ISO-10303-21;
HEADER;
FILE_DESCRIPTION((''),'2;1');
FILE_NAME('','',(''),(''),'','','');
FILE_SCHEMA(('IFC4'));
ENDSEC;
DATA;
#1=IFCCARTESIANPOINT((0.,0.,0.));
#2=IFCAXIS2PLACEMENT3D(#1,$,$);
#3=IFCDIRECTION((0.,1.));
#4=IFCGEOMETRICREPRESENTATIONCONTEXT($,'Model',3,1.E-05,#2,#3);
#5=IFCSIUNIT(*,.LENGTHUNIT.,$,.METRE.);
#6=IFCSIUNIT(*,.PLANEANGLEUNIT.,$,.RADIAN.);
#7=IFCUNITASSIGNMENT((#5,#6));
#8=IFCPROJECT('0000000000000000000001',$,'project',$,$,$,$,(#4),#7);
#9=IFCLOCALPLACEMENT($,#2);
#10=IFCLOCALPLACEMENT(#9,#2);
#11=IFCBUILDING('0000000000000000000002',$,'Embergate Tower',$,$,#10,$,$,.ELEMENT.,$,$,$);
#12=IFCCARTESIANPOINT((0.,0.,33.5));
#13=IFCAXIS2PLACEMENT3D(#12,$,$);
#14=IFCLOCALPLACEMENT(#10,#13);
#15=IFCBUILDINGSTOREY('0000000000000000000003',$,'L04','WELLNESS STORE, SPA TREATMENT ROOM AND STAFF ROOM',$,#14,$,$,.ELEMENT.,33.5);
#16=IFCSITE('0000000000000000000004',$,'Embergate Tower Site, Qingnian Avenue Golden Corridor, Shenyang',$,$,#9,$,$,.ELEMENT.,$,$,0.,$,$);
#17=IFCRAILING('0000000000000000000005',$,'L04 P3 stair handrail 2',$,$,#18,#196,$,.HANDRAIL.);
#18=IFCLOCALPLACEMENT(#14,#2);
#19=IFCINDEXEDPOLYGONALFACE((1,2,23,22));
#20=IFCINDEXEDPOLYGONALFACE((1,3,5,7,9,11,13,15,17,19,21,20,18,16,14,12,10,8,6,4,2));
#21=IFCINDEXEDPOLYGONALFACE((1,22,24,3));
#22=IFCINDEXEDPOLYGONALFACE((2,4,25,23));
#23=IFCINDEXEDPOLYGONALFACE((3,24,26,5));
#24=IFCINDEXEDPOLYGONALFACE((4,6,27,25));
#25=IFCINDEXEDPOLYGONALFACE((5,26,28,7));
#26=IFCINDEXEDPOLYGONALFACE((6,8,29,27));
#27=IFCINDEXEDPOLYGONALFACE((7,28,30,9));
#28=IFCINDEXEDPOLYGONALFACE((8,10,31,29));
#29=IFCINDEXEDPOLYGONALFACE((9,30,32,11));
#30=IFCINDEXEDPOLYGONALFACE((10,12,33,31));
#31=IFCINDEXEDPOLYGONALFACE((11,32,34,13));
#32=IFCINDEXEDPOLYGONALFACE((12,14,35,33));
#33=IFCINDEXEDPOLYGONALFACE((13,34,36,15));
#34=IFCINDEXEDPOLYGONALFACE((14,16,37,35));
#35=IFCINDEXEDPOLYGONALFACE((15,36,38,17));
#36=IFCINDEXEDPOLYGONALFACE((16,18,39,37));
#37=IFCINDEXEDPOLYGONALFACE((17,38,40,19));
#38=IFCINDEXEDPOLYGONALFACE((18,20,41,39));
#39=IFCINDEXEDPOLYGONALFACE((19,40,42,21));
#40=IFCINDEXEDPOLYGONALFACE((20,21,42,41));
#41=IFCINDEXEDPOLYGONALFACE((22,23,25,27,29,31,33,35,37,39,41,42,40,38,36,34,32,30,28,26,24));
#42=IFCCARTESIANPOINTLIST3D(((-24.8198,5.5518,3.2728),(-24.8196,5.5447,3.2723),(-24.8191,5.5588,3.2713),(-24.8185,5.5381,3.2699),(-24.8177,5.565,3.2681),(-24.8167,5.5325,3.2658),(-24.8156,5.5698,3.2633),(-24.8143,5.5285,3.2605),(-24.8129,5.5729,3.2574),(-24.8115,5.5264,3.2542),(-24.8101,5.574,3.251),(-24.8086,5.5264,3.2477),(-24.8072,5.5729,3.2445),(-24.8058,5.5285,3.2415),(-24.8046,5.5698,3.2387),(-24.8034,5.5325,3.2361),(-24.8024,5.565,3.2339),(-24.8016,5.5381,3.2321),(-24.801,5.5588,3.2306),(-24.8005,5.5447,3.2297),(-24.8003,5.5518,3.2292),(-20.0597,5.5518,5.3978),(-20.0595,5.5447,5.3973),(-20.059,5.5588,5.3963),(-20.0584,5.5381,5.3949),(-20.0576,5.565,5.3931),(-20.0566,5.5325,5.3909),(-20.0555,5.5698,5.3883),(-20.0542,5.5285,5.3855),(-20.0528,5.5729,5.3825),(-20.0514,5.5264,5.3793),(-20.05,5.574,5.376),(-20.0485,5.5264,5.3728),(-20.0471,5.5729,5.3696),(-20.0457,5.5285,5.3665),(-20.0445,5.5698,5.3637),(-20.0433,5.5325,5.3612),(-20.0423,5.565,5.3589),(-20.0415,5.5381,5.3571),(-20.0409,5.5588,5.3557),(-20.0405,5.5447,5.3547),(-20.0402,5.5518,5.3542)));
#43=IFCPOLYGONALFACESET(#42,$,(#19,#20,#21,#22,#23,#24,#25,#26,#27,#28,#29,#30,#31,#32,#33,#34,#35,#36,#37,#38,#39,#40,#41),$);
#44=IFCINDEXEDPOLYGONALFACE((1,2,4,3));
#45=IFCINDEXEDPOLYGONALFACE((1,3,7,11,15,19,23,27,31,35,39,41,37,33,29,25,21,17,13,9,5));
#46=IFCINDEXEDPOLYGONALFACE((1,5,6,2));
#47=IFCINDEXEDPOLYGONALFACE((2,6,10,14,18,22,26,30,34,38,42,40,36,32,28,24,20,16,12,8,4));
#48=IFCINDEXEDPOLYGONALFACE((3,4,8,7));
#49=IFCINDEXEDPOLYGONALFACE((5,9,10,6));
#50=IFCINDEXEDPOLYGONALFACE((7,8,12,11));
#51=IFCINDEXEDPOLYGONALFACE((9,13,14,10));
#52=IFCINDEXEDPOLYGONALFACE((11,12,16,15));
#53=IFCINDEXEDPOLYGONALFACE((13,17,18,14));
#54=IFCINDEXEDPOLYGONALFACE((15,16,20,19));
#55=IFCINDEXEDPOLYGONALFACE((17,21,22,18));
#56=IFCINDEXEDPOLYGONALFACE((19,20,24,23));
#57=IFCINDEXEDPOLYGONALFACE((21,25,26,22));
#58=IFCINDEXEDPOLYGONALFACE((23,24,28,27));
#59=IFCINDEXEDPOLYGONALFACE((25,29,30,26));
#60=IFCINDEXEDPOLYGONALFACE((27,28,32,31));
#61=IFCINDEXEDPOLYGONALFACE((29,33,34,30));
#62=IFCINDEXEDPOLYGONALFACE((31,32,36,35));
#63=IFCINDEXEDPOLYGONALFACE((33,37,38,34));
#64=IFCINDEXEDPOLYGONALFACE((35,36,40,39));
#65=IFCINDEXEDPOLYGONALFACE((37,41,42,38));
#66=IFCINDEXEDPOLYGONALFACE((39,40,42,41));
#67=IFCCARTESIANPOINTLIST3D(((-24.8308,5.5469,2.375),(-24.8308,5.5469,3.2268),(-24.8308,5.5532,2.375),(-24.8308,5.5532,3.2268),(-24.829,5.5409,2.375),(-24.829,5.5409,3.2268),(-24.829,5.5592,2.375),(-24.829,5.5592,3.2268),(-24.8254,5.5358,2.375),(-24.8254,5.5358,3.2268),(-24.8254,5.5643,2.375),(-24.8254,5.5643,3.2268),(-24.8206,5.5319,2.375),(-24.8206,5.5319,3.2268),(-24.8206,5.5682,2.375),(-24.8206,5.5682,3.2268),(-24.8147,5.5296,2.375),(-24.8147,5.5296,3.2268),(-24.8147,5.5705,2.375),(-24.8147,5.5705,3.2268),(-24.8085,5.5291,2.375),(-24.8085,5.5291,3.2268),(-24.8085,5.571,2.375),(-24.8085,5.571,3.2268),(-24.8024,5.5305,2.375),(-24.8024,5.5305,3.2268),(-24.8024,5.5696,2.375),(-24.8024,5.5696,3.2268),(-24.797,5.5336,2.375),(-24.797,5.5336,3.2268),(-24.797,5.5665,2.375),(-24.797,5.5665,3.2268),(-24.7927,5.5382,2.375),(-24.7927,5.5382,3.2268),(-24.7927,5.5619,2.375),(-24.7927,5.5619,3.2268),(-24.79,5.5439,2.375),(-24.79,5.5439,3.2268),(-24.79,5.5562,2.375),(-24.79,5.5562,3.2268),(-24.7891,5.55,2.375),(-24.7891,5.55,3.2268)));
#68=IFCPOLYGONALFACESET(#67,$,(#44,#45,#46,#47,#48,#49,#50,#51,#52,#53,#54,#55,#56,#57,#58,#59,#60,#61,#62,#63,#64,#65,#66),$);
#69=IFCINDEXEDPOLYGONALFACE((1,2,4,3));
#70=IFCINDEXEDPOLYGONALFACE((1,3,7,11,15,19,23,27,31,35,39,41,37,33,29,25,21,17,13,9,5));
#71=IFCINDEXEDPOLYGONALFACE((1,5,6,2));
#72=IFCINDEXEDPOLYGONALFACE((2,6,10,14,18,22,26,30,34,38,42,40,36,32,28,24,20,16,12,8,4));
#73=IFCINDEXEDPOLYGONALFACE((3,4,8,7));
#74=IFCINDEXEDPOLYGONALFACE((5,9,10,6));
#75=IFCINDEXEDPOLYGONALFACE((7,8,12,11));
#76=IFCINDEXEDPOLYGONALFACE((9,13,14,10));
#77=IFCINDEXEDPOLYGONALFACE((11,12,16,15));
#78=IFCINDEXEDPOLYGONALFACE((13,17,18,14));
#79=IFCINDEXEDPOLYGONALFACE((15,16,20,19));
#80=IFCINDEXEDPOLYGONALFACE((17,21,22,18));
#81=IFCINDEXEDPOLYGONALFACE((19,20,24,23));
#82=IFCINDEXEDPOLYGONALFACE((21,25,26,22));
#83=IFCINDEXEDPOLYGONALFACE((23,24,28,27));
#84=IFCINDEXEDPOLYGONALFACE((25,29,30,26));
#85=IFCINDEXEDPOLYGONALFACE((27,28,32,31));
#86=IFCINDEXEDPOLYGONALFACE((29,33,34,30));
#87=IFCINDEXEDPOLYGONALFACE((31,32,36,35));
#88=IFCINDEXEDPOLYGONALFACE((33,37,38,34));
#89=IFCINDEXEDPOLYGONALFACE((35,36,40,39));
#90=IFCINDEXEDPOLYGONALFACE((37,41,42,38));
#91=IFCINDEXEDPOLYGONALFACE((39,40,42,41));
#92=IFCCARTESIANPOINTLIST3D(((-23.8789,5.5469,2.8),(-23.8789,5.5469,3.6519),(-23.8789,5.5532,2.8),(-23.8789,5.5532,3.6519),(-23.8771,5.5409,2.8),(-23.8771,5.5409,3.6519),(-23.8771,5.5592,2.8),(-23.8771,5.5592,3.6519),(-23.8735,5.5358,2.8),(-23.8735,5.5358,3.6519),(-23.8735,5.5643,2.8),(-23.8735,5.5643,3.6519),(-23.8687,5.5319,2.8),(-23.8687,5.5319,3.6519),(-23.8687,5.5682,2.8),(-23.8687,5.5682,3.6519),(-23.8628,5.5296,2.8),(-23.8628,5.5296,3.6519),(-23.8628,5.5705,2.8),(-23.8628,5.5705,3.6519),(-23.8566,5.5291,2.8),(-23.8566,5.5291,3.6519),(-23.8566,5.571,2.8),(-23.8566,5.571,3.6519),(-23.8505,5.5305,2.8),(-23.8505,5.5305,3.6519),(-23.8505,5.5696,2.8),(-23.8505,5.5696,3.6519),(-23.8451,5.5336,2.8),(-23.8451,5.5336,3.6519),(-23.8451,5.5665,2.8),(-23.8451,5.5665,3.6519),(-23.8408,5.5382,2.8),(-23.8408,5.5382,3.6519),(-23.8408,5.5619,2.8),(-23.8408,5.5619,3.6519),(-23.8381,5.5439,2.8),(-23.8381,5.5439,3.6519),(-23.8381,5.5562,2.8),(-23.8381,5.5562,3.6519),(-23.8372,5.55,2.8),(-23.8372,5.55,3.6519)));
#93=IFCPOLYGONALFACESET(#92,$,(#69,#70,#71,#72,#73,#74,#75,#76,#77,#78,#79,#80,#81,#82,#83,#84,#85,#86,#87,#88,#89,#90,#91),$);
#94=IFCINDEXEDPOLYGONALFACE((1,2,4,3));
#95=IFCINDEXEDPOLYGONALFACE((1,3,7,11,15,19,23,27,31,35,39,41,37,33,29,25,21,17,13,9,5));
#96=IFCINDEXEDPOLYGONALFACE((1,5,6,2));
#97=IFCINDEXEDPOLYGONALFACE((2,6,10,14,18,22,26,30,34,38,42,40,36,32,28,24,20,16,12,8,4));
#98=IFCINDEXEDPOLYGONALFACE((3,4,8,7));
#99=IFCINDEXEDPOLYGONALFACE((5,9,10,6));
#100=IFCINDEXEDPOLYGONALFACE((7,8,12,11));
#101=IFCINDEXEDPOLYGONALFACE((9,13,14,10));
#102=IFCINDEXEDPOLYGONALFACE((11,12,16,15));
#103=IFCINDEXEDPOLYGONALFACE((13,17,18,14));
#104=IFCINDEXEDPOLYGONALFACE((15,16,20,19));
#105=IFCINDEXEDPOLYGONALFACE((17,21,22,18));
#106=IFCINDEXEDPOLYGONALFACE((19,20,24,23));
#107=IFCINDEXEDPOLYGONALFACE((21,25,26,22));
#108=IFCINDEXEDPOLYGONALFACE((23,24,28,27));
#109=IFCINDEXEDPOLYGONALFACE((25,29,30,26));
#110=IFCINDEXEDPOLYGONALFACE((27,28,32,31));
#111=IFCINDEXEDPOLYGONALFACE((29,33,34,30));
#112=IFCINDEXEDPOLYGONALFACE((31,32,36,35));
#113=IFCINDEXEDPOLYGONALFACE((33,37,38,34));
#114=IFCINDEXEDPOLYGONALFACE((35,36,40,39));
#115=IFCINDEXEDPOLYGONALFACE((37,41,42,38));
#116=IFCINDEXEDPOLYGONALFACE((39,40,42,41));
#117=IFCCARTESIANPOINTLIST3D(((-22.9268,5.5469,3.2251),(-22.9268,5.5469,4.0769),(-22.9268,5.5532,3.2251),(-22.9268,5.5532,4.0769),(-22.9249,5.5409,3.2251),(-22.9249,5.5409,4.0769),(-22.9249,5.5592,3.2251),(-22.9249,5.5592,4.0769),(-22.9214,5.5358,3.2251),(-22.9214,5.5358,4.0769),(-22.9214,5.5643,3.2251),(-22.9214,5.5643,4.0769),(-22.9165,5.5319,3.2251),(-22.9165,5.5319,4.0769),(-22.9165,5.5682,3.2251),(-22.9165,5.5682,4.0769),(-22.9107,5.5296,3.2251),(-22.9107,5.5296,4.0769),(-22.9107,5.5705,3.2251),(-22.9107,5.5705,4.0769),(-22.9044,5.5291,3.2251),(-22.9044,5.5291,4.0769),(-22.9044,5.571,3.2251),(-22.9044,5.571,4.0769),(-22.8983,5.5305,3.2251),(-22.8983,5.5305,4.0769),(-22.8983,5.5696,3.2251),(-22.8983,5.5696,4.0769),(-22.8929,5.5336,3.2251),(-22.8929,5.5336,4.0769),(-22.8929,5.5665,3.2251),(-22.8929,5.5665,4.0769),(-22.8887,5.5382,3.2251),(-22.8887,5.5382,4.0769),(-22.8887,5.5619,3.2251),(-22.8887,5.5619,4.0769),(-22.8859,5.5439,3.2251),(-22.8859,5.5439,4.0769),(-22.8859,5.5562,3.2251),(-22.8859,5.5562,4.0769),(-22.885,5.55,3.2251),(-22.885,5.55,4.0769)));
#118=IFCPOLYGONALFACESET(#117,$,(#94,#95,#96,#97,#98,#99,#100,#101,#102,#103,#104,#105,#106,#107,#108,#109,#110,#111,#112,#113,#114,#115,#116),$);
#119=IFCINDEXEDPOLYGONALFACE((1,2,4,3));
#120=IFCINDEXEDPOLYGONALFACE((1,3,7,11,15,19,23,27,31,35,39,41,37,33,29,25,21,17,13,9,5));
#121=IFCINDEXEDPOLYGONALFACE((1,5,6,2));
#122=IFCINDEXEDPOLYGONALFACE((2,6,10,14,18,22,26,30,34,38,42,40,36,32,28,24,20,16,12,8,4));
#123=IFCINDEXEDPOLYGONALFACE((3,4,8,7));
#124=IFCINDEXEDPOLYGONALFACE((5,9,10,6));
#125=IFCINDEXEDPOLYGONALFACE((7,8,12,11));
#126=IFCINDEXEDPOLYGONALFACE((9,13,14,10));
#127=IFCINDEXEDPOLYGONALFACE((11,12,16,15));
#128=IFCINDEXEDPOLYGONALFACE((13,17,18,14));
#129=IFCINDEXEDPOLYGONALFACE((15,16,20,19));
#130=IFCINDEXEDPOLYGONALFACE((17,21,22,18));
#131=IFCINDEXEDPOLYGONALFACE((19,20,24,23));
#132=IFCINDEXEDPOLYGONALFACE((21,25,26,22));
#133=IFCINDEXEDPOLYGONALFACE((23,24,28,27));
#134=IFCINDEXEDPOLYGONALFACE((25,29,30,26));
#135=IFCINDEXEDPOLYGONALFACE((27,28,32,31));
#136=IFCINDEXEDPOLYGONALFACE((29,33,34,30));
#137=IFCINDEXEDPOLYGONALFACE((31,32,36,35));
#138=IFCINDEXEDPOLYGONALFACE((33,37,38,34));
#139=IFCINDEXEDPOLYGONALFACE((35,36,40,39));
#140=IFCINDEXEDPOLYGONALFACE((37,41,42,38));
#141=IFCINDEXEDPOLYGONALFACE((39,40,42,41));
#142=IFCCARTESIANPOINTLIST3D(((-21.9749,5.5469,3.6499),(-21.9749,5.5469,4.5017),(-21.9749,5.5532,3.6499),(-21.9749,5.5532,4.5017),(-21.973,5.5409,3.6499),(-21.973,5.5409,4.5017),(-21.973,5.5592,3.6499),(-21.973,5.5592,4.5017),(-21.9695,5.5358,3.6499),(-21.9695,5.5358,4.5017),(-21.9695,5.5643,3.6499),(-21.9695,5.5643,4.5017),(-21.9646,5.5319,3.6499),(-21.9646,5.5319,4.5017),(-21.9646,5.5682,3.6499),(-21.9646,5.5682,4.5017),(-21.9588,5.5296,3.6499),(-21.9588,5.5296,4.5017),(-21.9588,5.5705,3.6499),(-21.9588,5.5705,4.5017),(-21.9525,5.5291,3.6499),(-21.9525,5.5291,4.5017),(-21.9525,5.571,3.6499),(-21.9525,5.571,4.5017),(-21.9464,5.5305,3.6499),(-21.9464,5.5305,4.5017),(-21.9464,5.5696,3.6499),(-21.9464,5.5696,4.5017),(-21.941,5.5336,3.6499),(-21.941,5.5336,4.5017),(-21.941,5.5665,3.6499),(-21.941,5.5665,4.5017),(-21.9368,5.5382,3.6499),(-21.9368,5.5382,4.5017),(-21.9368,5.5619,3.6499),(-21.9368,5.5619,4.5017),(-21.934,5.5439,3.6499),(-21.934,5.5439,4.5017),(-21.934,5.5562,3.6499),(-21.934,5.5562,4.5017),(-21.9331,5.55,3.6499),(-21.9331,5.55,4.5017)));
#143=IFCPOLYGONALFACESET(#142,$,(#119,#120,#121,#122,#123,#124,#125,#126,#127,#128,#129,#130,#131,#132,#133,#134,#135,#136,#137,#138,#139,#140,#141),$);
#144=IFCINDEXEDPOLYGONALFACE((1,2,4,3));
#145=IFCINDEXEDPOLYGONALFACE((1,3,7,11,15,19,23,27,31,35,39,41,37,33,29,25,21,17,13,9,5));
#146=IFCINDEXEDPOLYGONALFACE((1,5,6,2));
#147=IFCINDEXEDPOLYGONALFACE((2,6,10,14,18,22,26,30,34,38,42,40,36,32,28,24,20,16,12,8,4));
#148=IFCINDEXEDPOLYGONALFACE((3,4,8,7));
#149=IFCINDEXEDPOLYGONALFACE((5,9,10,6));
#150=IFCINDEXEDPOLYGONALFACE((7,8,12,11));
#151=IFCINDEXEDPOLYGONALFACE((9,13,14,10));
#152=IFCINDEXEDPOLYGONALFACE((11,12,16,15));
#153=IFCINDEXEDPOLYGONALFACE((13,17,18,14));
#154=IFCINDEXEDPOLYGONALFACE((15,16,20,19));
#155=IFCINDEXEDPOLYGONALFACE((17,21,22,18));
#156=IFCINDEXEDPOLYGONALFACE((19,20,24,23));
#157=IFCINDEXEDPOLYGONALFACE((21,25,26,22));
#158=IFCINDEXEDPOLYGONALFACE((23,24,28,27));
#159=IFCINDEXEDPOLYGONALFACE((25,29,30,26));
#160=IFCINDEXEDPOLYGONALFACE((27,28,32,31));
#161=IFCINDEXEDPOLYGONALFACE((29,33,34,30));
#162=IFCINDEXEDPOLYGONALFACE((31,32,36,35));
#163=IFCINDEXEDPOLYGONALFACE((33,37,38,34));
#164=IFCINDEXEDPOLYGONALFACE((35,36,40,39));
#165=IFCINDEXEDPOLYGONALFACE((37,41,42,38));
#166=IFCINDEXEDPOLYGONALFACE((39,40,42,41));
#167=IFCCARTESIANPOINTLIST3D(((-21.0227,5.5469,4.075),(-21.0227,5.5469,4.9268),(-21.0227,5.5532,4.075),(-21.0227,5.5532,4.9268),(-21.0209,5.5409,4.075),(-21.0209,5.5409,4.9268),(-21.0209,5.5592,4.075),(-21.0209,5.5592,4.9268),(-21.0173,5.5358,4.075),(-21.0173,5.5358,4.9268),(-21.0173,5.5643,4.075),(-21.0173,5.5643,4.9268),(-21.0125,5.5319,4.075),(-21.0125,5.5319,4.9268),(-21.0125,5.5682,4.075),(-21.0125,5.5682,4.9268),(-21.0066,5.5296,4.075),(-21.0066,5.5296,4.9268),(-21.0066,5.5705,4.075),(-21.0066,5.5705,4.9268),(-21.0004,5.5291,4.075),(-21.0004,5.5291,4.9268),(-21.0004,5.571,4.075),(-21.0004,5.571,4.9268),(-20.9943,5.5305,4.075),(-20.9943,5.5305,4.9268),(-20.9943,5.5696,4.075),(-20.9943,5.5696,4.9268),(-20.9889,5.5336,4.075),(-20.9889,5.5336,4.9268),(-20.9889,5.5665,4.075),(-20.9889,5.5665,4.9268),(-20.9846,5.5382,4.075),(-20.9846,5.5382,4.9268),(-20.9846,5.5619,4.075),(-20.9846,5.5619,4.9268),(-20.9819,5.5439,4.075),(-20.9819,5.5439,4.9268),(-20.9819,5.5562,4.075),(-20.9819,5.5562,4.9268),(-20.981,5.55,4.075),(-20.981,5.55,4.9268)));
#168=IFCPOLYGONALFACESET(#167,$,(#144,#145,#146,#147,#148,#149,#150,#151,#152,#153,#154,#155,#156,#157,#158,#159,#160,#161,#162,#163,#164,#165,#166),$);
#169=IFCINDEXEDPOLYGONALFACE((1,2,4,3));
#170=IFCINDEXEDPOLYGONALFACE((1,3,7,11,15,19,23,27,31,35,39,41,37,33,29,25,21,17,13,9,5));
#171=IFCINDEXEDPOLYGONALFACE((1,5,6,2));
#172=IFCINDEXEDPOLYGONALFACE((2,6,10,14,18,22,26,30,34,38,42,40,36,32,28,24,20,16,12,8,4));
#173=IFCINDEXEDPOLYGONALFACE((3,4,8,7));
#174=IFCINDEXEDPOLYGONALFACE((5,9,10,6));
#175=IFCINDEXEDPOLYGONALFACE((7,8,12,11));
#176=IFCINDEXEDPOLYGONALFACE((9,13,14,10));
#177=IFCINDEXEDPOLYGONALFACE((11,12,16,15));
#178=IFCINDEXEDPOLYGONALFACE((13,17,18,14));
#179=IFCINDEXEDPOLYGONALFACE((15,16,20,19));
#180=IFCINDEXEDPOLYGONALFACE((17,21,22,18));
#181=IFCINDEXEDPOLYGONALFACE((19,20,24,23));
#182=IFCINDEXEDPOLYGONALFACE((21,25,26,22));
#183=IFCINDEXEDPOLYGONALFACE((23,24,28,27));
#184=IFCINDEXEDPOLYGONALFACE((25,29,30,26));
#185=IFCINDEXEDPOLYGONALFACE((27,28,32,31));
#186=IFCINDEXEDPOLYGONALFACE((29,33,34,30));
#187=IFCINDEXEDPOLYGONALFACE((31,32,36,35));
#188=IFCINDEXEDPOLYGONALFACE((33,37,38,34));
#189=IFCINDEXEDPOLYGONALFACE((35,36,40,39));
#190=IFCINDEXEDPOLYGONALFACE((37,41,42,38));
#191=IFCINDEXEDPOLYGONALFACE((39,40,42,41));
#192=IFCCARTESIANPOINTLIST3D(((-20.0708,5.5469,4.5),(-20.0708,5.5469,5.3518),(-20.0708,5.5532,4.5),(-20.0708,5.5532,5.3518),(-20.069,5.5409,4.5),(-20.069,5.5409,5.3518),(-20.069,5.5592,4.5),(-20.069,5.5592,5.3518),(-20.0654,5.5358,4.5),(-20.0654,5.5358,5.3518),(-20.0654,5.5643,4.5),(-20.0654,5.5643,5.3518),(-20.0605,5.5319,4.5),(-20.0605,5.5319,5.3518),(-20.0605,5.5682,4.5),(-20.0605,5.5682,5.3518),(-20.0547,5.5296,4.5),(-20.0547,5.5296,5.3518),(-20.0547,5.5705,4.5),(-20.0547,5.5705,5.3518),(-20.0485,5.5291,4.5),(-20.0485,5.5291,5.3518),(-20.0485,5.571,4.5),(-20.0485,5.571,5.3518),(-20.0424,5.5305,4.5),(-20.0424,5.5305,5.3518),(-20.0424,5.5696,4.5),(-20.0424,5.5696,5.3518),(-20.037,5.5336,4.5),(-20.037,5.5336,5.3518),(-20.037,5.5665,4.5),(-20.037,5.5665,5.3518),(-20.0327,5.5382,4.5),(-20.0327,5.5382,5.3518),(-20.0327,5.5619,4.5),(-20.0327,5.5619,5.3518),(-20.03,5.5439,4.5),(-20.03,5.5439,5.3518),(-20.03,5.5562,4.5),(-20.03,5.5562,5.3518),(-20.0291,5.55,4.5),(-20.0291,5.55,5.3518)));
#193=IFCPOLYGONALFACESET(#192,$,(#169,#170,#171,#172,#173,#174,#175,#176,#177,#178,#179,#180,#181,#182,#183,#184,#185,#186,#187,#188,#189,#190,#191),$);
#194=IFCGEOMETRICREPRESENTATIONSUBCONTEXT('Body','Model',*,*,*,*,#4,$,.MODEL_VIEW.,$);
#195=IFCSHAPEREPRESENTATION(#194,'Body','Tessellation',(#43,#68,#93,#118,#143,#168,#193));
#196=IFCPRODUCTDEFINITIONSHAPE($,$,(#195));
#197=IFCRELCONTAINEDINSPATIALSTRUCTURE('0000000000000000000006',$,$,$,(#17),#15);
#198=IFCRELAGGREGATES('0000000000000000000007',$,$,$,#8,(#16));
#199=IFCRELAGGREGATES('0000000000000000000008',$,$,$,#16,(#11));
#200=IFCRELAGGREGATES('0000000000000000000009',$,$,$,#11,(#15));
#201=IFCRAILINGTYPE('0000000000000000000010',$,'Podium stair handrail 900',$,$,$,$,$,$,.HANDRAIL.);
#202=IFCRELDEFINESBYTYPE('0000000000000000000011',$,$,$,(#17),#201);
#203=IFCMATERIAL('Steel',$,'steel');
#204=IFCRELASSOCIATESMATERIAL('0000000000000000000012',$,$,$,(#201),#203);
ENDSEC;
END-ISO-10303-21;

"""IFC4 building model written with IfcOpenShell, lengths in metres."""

from ifc_helpers import new_model, si_unit, direction, frame, origin, origin_2d, place, context, subcontext, project, spatial, circle, extrude, source, transform, mapped, material, type_object, element, save


model = new_model("IFC4")

# Units and contexts
model_context = context("Model", 3, precision=1e-05, world=origin(), true_north=direction((0.0, 1.0)))
body_context = subcontext(model_context, "Body", "Model", "MODEL_VIEW")
ifc_project = project(units=[si_unit("LENGTHUNIT", "METRE"), si_unit("PLANEANGLEUNIT", "RADIAN")], contexts=[model_context])

# Site, building, storey
site_placement = place(None, origin())
site = spatial("IfcSite", under=ifc_project, at=site_placement, Name="Embergate Tower Site, Qingnian Avenue Golden Corridor, Shenyang", CompositionType="ELEMENT", RefElevation=0.0)
building_placement = place(site_placement, origin())
building = spatial("IfcBuilding", under=site, at=building_placement, Name="Embergate Tower", CompositionType="ELEMENT")
storey_placement = place(building_placement, frame((0.0, 0.0, 33.5)))
storey = spatial("IfcBuildingStorey", under=building, at=storey_placement, Name="L04", Description="WELLNESS STORE, SPA TREATMENT ROOM AND STAFF ROOM", CompositionType="ELEMENT", Elevation=33.5)

# Railing
ifc_material_1 = material(Name="Steel", Category="steel")
railing_type_1 = type_object("IfcRailingType", Name="Podium stair handrail 900", PredefinedType="HANDRAIL", material=ifc_material_1)
shared_shape_1 = source(origin(), body_context, "Body", "SweptSolid", [
    extrude(circle(Radius=0.0239, at=origin_2d()), frame((0.0, 0.0, 0.876), z_axis=(0.913138, 0.0, 0.40765), x_axis=(0.0, 1.0, 0.0)), (0.0, 0.0, 1.0), 5.2129),
    extrude(circle(Radius=0.021, at=origin_2d()), origin(), (0.0, 0.0, 1.0), 0.8518),
    extrude(circle(Radius=0.021, at=origin_2d()), frame((0.9519, 0.0, 0.425)), (0.0, 0.0, 1.0), 0.8518),
    extrude(circle(Radius=0.021, at=origin_2d()), frame((1.9041, 0.0, 0.8501)), (0.0, 0.0, 1.0), 0.8518),
    extrude(circle(Radius=0.021, at=origin_2d()), frame((2.856, 0.0, 1.2749)), (0.0, 0.0, 1.0), 0.8518),
    extrude(circle(Radius=0.021, at=origin_2d()), frame((3.8081, 0.0, 1.7)), (0.0, 0.0, 1.0), 0.8518),
    extrude(circle(Radius=0.021, at=origin_2d()), frame((4.76, 0.0, 2.125)), (0.0, 0.0, 1.0), 0.8518),
])
railing_1_placement = place(storey_placement, frame((-24.8101, 5.55, 2.375)))
element("IfcRailing", 1, at=railing_1_placement, inside=storey, type_object=railing_type_1, Name="L04 P3 stair handrail 2", PredefinedType="HANDRAIL", context=body_context, shape_type="MappedRepresentation", body=[
    mapped(shared_shape_1, transform((0.0, 0.0, 0.0))),
])

save(model, "model.ifc")
